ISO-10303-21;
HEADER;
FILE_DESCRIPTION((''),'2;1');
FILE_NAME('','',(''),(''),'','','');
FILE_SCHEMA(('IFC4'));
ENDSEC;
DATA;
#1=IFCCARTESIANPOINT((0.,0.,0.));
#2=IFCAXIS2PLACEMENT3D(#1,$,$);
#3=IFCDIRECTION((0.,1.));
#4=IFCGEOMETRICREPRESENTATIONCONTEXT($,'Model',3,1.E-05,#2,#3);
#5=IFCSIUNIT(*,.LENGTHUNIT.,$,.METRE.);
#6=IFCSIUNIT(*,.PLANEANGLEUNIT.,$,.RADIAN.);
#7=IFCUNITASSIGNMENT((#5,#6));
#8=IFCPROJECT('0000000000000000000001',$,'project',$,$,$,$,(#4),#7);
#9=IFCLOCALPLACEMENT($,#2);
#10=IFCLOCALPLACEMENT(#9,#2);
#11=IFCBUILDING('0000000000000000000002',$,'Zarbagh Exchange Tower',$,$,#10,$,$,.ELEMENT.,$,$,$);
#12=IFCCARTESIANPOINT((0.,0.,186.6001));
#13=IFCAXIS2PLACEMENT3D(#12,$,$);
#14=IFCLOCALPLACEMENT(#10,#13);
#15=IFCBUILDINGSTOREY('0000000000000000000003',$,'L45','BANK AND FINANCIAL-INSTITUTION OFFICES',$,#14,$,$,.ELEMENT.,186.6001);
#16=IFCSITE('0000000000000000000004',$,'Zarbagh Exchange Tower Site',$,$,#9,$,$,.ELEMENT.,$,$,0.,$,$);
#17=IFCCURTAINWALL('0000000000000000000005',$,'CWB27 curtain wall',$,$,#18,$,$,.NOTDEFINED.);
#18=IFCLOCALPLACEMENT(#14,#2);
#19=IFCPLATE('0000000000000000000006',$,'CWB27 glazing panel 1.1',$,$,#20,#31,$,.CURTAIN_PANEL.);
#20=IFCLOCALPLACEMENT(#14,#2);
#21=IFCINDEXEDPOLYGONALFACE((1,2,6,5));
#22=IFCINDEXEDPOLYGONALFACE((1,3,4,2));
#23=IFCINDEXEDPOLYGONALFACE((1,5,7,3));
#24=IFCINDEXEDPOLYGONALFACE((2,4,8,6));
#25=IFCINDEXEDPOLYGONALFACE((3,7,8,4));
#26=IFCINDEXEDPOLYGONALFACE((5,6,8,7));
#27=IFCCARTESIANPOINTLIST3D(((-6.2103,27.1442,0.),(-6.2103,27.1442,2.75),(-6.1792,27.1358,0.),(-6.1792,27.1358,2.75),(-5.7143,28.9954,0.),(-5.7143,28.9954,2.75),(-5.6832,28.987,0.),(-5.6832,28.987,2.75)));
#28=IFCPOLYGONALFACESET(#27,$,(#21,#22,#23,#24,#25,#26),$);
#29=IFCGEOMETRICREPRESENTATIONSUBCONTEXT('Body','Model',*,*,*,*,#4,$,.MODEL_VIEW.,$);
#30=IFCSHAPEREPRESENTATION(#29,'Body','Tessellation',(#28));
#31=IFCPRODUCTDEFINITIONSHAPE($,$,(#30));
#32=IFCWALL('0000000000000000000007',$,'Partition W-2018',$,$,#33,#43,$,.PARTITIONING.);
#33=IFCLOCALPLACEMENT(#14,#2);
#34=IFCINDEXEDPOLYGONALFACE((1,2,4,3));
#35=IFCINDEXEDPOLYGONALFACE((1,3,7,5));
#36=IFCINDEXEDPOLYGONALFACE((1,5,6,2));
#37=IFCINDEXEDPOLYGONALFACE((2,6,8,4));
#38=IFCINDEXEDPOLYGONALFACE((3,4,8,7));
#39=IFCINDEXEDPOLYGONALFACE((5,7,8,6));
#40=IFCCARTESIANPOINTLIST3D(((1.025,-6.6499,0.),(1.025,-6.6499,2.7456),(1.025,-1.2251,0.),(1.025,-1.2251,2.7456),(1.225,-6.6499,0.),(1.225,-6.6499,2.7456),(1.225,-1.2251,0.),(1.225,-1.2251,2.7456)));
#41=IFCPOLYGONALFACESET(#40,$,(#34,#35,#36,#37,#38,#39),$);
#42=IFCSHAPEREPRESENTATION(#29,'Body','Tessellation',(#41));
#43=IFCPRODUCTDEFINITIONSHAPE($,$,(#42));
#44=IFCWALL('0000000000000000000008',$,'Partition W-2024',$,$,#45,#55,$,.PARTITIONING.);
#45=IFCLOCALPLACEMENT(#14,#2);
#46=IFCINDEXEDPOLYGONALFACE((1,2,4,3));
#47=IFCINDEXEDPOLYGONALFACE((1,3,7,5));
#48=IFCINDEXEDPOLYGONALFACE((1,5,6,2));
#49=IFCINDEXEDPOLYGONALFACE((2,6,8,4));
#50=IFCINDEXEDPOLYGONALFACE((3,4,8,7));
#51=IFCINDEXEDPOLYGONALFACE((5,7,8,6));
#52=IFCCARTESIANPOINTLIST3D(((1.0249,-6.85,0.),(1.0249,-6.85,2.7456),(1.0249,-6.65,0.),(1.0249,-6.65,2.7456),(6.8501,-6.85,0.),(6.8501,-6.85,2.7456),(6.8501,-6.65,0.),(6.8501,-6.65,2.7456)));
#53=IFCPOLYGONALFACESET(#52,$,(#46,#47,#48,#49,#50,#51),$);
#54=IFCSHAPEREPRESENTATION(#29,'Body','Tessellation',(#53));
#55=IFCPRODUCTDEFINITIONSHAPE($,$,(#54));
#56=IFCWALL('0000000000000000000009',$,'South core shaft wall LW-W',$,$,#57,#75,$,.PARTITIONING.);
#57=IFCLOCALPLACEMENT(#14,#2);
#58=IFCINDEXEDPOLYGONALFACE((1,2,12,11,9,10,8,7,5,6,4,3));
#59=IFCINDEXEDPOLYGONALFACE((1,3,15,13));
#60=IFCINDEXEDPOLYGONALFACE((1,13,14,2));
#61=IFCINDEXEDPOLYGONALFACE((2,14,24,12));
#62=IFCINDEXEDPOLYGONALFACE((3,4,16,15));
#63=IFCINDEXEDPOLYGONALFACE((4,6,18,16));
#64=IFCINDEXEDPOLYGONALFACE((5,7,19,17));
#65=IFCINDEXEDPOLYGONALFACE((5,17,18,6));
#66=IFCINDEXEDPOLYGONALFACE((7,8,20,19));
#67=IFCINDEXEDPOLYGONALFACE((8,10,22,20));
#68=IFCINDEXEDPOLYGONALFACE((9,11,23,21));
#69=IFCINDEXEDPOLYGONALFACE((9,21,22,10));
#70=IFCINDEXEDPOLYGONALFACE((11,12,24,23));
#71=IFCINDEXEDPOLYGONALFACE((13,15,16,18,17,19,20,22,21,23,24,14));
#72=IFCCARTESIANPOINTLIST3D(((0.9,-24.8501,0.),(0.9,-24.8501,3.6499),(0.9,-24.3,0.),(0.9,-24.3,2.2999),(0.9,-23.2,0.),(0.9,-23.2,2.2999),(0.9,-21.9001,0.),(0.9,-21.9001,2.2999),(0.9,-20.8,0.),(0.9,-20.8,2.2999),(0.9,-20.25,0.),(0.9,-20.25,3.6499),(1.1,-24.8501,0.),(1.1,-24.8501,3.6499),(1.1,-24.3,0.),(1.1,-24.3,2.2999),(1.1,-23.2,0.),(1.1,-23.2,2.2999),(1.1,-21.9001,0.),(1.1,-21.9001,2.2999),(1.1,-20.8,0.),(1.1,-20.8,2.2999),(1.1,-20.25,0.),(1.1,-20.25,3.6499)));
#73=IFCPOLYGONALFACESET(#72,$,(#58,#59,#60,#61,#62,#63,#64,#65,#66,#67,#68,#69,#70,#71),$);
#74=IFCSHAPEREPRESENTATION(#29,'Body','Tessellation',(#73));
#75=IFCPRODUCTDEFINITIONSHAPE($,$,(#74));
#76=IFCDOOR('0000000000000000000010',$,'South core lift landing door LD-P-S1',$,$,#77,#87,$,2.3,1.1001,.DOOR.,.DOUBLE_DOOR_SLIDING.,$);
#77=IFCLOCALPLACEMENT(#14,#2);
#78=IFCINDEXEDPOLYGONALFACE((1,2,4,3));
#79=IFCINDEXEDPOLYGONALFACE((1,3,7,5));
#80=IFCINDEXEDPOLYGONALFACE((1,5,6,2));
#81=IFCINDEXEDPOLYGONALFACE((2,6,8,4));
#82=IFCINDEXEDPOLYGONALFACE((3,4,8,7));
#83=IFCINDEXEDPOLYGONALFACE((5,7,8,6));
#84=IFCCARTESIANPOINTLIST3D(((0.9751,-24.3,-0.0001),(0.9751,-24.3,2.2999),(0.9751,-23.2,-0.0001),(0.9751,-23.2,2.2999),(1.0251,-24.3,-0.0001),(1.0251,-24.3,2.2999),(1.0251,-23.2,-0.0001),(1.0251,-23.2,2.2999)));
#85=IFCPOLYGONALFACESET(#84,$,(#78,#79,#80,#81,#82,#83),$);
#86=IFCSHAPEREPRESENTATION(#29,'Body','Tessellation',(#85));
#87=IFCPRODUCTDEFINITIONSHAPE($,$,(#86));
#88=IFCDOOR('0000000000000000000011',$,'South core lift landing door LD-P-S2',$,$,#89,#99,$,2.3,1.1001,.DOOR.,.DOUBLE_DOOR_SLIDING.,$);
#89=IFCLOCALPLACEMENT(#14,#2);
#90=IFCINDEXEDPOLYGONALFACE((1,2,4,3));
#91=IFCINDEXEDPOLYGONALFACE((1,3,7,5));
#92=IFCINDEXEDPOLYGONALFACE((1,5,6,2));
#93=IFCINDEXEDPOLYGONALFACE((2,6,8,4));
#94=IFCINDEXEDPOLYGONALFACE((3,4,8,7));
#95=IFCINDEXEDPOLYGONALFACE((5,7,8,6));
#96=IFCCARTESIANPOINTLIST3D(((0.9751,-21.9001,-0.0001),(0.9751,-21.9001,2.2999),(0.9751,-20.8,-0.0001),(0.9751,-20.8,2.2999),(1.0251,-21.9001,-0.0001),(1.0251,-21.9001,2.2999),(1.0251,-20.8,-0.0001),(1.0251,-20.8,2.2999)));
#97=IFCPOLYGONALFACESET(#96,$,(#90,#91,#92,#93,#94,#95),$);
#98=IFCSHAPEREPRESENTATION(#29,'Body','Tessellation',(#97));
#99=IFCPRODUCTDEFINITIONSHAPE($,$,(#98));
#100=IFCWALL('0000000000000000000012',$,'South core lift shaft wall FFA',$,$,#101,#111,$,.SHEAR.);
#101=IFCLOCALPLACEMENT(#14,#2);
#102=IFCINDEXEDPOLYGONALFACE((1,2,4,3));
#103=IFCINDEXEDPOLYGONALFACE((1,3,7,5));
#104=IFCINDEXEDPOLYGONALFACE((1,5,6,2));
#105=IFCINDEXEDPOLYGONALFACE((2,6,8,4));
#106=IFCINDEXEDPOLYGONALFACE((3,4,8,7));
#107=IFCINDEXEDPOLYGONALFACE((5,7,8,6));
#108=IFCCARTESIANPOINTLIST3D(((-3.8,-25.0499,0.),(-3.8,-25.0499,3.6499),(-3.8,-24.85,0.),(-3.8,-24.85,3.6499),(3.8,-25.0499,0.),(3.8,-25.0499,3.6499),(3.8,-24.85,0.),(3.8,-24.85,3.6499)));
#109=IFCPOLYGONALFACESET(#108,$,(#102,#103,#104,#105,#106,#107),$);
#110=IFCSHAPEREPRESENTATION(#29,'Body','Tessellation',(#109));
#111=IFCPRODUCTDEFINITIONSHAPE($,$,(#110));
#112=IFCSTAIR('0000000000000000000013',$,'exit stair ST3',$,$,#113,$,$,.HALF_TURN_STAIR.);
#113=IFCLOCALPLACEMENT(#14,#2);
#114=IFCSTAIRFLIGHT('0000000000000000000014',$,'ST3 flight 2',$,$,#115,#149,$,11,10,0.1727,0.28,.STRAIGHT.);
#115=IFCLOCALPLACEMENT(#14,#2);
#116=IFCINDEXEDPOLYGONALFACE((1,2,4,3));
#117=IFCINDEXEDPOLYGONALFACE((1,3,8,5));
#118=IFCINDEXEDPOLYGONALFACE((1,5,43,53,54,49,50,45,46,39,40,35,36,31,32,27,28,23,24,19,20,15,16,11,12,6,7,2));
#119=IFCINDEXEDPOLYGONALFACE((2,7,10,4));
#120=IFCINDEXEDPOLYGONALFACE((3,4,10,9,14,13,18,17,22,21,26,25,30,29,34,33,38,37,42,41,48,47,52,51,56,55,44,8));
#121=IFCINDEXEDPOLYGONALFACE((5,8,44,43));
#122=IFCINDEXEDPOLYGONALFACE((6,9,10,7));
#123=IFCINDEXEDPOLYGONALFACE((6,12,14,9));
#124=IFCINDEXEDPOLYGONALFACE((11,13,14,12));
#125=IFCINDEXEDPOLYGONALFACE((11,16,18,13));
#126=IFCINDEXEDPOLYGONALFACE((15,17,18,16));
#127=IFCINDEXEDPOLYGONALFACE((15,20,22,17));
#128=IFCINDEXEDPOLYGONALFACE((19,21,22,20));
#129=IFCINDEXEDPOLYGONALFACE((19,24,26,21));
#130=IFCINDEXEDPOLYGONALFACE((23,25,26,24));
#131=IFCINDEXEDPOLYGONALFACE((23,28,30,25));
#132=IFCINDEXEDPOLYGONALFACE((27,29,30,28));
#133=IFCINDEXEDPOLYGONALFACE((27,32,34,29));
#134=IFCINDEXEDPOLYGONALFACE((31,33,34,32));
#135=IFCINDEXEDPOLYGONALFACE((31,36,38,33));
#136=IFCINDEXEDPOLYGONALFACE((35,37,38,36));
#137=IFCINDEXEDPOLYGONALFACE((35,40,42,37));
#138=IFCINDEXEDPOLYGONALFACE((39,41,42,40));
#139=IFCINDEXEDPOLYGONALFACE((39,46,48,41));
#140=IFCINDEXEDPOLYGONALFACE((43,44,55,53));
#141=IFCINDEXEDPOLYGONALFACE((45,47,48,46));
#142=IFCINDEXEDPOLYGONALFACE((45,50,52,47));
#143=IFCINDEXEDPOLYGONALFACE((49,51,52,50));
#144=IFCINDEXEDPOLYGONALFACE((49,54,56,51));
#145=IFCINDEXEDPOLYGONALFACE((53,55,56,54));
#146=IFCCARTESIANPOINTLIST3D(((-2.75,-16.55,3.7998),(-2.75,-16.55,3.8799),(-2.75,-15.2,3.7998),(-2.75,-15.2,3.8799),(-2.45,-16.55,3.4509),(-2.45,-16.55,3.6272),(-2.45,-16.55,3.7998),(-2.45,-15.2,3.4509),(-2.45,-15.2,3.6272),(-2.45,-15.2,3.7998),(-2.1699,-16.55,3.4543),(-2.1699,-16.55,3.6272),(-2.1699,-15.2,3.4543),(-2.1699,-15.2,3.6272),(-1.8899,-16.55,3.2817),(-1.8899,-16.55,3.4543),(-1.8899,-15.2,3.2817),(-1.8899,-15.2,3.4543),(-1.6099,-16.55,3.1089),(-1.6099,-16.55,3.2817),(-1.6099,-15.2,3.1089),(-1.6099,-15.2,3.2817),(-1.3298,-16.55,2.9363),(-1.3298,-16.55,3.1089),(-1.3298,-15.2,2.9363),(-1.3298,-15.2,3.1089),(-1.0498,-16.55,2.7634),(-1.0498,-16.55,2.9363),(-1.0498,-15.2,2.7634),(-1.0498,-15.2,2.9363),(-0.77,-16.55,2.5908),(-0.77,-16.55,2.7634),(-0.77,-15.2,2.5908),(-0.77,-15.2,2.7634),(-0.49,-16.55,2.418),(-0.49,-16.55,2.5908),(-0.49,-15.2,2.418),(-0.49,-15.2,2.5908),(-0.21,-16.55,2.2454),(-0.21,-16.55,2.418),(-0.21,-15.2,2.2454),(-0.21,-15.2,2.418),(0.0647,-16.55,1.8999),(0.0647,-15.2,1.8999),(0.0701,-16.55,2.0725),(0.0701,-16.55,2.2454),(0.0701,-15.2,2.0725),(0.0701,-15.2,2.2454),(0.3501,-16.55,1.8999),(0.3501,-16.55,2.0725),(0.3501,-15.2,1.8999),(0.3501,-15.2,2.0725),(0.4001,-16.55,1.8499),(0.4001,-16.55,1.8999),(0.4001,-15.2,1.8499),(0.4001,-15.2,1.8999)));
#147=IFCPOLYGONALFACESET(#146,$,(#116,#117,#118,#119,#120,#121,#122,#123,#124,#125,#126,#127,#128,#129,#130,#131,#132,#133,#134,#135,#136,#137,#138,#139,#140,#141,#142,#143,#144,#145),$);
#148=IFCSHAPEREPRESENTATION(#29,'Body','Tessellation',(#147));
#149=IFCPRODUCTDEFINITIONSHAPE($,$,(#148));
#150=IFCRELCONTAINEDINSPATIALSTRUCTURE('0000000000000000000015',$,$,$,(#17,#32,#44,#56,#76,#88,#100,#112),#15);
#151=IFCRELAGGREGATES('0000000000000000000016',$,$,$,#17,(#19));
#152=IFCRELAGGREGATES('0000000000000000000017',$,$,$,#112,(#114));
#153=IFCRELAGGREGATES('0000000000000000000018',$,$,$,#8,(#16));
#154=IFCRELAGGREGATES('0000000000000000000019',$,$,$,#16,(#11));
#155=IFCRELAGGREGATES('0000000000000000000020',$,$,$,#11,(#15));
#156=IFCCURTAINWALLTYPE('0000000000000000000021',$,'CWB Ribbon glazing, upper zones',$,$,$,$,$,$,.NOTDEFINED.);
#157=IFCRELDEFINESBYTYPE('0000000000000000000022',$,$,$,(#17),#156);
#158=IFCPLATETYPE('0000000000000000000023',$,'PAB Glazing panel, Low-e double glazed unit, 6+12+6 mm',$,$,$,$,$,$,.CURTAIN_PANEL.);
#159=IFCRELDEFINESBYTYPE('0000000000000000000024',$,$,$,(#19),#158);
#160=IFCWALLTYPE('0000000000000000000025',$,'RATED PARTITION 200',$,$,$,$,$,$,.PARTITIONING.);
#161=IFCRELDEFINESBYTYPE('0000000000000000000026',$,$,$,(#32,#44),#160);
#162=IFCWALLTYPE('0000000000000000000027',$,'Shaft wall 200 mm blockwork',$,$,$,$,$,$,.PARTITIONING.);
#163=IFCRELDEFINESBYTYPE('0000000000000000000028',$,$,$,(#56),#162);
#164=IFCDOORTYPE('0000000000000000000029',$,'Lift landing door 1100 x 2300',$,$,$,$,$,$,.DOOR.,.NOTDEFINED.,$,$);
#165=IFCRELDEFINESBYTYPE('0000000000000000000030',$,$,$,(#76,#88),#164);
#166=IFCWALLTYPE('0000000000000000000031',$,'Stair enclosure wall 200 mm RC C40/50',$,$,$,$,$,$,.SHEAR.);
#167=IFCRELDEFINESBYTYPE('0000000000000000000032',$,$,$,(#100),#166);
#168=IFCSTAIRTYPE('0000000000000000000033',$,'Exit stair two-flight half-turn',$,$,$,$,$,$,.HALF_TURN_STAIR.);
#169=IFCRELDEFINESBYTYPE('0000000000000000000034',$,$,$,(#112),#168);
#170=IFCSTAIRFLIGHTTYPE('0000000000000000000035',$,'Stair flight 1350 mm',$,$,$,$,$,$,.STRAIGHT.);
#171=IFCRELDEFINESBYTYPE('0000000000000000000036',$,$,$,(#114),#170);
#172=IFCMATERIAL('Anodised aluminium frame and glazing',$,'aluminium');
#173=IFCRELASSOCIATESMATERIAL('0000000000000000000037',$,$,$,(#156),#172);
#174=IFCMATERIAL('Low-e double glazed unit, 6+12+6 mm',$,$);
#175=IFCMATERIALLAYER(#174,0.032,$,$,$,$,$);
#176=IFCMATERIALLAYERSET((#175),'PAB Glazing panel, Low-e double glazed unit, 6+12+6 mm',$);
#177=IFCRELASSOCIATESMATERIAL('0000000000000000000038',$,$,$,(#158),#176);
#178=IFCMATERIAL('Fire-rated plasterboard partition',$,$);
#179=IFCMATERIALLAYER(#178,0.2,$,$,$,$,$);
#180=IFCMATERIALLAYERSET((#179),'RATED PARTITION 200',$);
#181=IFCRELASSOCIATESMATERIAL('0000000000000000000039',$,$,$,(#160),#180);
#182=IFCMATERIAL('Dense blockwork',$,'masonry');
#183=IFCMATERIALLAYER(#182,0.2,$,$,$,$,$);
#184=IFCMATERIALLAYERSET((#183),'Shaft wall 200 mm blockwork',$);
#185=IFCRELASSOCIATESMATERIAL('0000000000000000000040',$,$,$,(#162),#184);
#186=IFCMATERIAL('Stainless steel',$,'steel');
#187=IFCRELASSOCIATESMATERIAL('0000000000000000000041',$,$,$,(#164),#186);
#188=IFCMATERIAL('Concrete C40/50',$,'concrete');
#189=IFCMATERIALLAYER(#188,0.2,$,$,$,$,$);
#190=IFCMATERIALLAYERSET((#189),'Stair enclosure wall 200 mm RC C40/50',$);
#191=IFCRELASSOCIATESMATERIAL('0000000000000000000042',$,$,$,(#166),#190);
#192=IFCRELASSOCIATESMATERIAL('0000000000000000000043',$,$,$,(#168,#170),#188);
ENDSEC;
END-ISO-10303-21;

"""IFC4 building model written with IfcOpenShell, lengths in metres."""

from ifc_helpers import new_model, si_unit, direction, frame, frame_2d, origin, place, context, subcontext, project, spatial, polyline, rectangle, outline, extrude, source, transform, mapped, material, layer, layer_set, type_object, element, fill, aggregate, save


model = new_model("IFC4")

# Units and contexts
model_context = context("Model", 3, precision=1e-05, world=origin(), true_north=direction((0.0, 1.0)))
body_context = subcontext(model_context, "Body", "Model", "MODEL_VIEW")
ifc_project = project(units=[si_unit("LENGTHUNIT", "METRE"), si_unit("PLANEANGLEUNIT", "RADIAN")], contexts=[model_context])

# Site, building, storey
site_placement = place(None, origin())
site = spatial("IfcSite", under=ifc_project, at=site_placement, Name="Zarbagh Exchange Tower Site", CompositionType="ELEMENT", RefElevation=0.0)
building_placement = place(site_placement, origin())
building = spatial("IfcBuilding", under=site, at=building_placement, Name="Zarbagh Exchange Tower", CompositionType="ELEMENT")
storey_placement = place(building_placement, frame((0.0, 0.0, 186.6001)))
storey = spatial("IfcBuildingStorey", under=building, at=storey_placement, Name="L45", Description="BANK AND FINANCIAL-INSTITUTION OFFICES", CompositionType="ELEMENT", Elevation=186.6001)

# Shared definitions
ifc_material_1 = material(Name="Anodised aluminium frame and glazing", Category="aluminium")
curtain_wall_type = type_object("IfcCurtainWallType", Name="CWB Ribbon glazing, upper zones", PredefinedType="NOTDEFINED", material=ifc_material_1)
placement = place(storey_placement, origin())

# Shared definitions
ifc_material_2 = material(Name="Low-e double glazed unit, 6+12+6 mm")
ifc_layer_1 = layer(ifc_material_2, 0.032)
ifc_layer_set_1 = layer_set([ifc_layer_1], Name="PAB Glazing panel, Low-e double glazed unit, 6+12+6 mm")
plate_type = type_object("IfcPlateType", Name="PAB Glazing panel, Low-e double glazed unit, 6+12+6 mm", PredefinedType="CURTAIN_PANEL", material=ifc_layer_set_1)

# Curtain wall, plate
curtain_wall_1_placement = place(storey_placement, origin())
curtain_wall_1 = element("IfcCurtainWall", 1, at=curtain_wall_1_placement, inside=storey, type_object=curtain_wall_type, Name="CWB27 curtain wall", PredefinedType="NOTDEFINED")
shared_shape_1 = source(origin(), body_context, "Body", "SweptSolid", [
    extrude(outline(polyline([(0.0, -0.0161), (1.9165, -0.0161), (1.9165, 0.0161), (0.0, 0.0161), (0.0, -0.0161)])), origin(), (0.0, 0.0, 1.0), 2.75),
])
plate_1 = element("IfcPlate", 2, at=placement, type_object=plate_type, Name="CWB27 glazing panel 1.1", PredefinedType="CURTAIN_PANEL", context=body_context, shape_type="MappedRepresentation", body=[
    mapped(shared_shape_1, transform((-5.6987, 28.9912, 0.0), x_axis=(-0.258825, -0.965924, 0.0), y_axis=(0.965924, -0.258825, 0.0), z_axis=(0.0, 0.0, 1.0))),
])
aggregate(curtain_wall_1, [plate_1])

# Walls
ifc_material_3 = material(Name="Fire-rated plasterboard partition")
ifc_layer_2 = layer(ifc_material_3, 0.2)
ifc_layer_set_2 = layer_set([ifc_layer_2], Name="RATED PARTITION 200")
wall_type_1 = type_object("IfcWallType", Name="RATED PARTITION 200", PredefinedType="PARTITIONING", material=ifc_layer_set_2)
wall_1_placement = place(storey_placement, frame((1.125, -6.6499, 0.0), z_axis=(0.0, 0.0, 1.0), x_axis=(0.0, 1.0, 0.0)))
element("IfcWall", 3, at=wall_1_placement, inside=storey, type_object=wall_type_1, Name="Partition W-2018", PredefinedType="PARTITIONING", context=body_context, shape_type="SweptSolid", body=[
    extrude(rectangle(XDim=5.4248, YDim=0.2, at=frame_2d((2.7124, 0.0))), origin(), (0.0, 0.0, 1.0), 2.7456),
])
wall_2_placement = place(storey_placement, frame((1.0249, -6.75, 0.0), z_axis=(0.0, 0.0, 1.0), x_axis=(1.0, 0.0, 0.0)))
element("IfcWall", 4, at=wall_2_placement, inside=storey, type_object=wall_type_1, Name="Partition W-2024", PredefinedType="PARTITIONING", context=body_context, shape_type="SweptSolid", body=[
    extrude(rectangle(XDim=5.8252, YDim=0.2, at=frame_2d((2.9126, 0.0))), origin(), (0.0, 0.0, 1.0), 2.7456),
])

# Wall, openings, doors
ifc_material_4 = material(Name="Dense blockwork", Category="masonry")
ifc_layer_3 = layer(ifc_material_4, 0.2)
ifc_layer_set_3 = layer_set([ifc_layer_3], Name="Shaft wall 200 mm blockwork")
wall_type_2 = type_object("IfcWallType", Name="Shaft wall 200 mm blockwork", PredefinedType="PARTITIONING", material=ifc_layer_set_3)
wall_3_placement = place(storey_placement, frame((1.0, -24.8501, 0.0), z_axis=(0.0, 0.0, 1.0), x_axis=(0.0, 1.0, 0.0)))
wall_3 = element("IfcWall", 5, at=wall_3_placement, inside=storey, type_object=wall_type_2, Name="South core shaft wall LW-W", PredefinedType="PARTITIONING", context=body_context, shape_type="SweptSolid", body=[
    extrude(rectangle(XDim=4.6001, YDim=0.2, at=frame_2d((2.3, 0.0))), origin(), (0.0, 0.0, 1.0), 3.6499),
])
opening_1_placement = place(wall_3_placement, frame((0.55, 0.0, 0.0)))
opening_1 = element("IfcOpeningElement", 6, at=opening_1_placement, cuts=wall_3, PredefinedType="OPENING", context=body_context, shape_type="SweptSolid", body=[
    extrude(rectangle(XDim=1.1001, YDim=2.3, at=frame_2d((0.55, 1.1499))), frame((0.0, 0.1099, 0.0), z_axis=(0.0, -1.0, 0.0), x_axis=(1.0, 0.0, 0.0)), (0.0, 0.0, 1.0), 0.22),
])
opening_2_placement = place(wall_3_placement, frame((2.95, 0.0, 0.0)))
opening_2 = element("IfcOpeningElement", 7, at=opening_2_placement, cuts=wall_3, PredefinedType="OPENING", context=body_context, shape_type="SweptSolid", body=[
    extrude(rectangle(XDim=1.1001, YDim=2.3, at=frame_2d((0.55, 1.1499))), frame((0.0, 0.1099, 0.0), z_axis=(0.0, -1.0, 0.0), x_axis=(1.0, 0.0, 0.0)), (0.0, 0.0, 1.0), 0.22),
])
ifc_material_5 = material(Name="Stainless steel", Category="steel")
door_type = type_object("IfcDoorType", Name="Lift landing door 1100 x 2300", OperationType="NOTDEFINED", PredefinedType="DOOR", material=ifc_material_5)
door_1_placement = place(opening_1_placement, origin())
door_1 = element("IfcDoor", 8, at=door_1_placement, inside=storey, type_object=door_type, Name="South core lift landing door LD-P-S1", OperationType="DOUBLE_DOOR_SLIDING", OverallHeight=2.3, OverallWidth=1.1001, PredefinedType="DOOR", context=body_context, shape_type="SweptSolid", body=[
    extrude(rectangle(XDim=1.1001, YDim=2.3, at=frame_2d((0.55, 1.1499))), frame((0.0, 0.0249, 0.0), z_axis=(0.0, -1.0, 0.0), x_axis=(1.0, 0.0, 0.0)), (0.0, 0.0, 1.0), 0.05),
])
fill(opening_1, door_1)
door_2_placement = place(opening_2_placement, origin())
door_2 = element("IfcDoor", 9, at=door_2_placement, inside=storey, type_object=door_type, Name="South core lift landing door LD-P-S2", OperationType="DOUBLE_DOOR_SLIDING", OverallHeight=2.3, OverallWidth=1.1001, PredefinedType="DOOR", context=body_context, shape_type="SweptSolid", body=[
    extrude(rectangle(XDim=1.1001, YDim=2.3, at=frame_2d((0.55, 1.1499))), frame((0.0, 0.0249, 0.0), z_axis=(0.0, -1.0, 0.0), x_axis=(1.0, 0.0, 0.0)), (0.0, 0.0, 1.0), 0.05),
])
fill(opening_2, door_2)

# Wall
ifc_material_6 = material(Name="Concrete C40/50", Category="concrete")
ifc_layer_4 = layer(ifc_material_6, 0.2)
ifc_layer_set_4 = layer_set([ifc_layer_4], Name="Stair enclosure wall 200 mm RC C40/50")
wall_type_3 = type_object("IfcWallType", Name="Stair enclosure wall 200 mm RC C40/50", PredefinedType="SHEAR", material=ifc_layer_set_4)
wall_4_placement = place(storey_placement, frame((3.8, -24.95, 0.0), z_axis=(0.0, 0.0, 1.0), x_axis=(-1.0, 0.0, 0.0)))
element("IfcWall", 10, at=wall_4_placement, inside=storey, type_object=wall_type_3, Name="South core lift shaft wall FFA", PredefinedType="SHEAR", context=body_context, shape_type="SweptSolid", body=[
    extrude(rectangle(XDim=7.6001, YDim=0.2, at=frame_2d((3.8, 0.0))), origin(), (0.0, 0.0, 1.0), 3.6499),
])

# Stair, stair flight
stair_type = type_object("IfcStairType", Name="Exit stair two-flight half-turn", PredefinedType="HALF_TURN_STAIR", material=ifc_material_6)
stair_1_placement = place(storey_placement, origin())
stair_1 = element("IfcStair", 11, at=stair_1_placement, inside=storey, type_object=stair_type, Name="exit stair ST3", PredefinedType="HALF_TURN_STAIR")
stair_flight_type_1 = type_object("IfcStairFlightType", Name="Stair flight 1350 mm", PredefinedType="STRAIGHT", material=ifc_material_6)
stair_flight_1_placement = place(storey_placement, frame((0.3501, -15.875, 1.8999), z_axis=(0.0, 0.0, 1.0), x_axis=(-1.0, 0.0, 0.0)))
stair_flight_1 = element("IfcStairFlight", 12, at=stair_flight_1_placement, type_object=stair_flight_type_1, Name="ST3 flight 2", NumberOfRisers=11, NumberOfTreads=10, PredefinedType="STRAIGHT", RiserHeight=0.1727, TreadLength=0.28, context=body_context, shape_type="SweptSolid", body=[
    extrude(outline(polyline([(-0.05, -0.05), (-0.05, 0.0), (0.0, 0.0), (0.0, 0.1726), (0.28, 0.1726), (0.28, 0.3455), (0.5601, 0.3455), (0.5601, 0.5181), (0.8401, 0.5181), (0.8401, 0.6909), (1.1201, 0.6909), (1.1201, 0.8635), (1.3999, 0.8635), (1.3999, 1.0364), (1.6799, 1.0364), (1.6799, 1.209), (1.96, 1.209), (1.96, 1.3818), (2.24, 1.3818), (2.24, 1.5544), (2.52, 1.5544), (2.52, 1.7273), (2.8, 1.7273), (2.8, 1.8999), (3.1001, 1.98), (3.1001, 1.8999), (2.8, 1.551), (0.2854, 0.0), (-0.05, -0.05)])), frame((0.0, 0.675, 0.0), z_axis=(0.0, -1.0, 0.0), x_axis=(1.0, 0.0, 0.0)), (0.0, 0.0, 1.0), 1.3501),
])
aggregate(stair_1, [stair_flight_1])

save(model, "model.ifc")
